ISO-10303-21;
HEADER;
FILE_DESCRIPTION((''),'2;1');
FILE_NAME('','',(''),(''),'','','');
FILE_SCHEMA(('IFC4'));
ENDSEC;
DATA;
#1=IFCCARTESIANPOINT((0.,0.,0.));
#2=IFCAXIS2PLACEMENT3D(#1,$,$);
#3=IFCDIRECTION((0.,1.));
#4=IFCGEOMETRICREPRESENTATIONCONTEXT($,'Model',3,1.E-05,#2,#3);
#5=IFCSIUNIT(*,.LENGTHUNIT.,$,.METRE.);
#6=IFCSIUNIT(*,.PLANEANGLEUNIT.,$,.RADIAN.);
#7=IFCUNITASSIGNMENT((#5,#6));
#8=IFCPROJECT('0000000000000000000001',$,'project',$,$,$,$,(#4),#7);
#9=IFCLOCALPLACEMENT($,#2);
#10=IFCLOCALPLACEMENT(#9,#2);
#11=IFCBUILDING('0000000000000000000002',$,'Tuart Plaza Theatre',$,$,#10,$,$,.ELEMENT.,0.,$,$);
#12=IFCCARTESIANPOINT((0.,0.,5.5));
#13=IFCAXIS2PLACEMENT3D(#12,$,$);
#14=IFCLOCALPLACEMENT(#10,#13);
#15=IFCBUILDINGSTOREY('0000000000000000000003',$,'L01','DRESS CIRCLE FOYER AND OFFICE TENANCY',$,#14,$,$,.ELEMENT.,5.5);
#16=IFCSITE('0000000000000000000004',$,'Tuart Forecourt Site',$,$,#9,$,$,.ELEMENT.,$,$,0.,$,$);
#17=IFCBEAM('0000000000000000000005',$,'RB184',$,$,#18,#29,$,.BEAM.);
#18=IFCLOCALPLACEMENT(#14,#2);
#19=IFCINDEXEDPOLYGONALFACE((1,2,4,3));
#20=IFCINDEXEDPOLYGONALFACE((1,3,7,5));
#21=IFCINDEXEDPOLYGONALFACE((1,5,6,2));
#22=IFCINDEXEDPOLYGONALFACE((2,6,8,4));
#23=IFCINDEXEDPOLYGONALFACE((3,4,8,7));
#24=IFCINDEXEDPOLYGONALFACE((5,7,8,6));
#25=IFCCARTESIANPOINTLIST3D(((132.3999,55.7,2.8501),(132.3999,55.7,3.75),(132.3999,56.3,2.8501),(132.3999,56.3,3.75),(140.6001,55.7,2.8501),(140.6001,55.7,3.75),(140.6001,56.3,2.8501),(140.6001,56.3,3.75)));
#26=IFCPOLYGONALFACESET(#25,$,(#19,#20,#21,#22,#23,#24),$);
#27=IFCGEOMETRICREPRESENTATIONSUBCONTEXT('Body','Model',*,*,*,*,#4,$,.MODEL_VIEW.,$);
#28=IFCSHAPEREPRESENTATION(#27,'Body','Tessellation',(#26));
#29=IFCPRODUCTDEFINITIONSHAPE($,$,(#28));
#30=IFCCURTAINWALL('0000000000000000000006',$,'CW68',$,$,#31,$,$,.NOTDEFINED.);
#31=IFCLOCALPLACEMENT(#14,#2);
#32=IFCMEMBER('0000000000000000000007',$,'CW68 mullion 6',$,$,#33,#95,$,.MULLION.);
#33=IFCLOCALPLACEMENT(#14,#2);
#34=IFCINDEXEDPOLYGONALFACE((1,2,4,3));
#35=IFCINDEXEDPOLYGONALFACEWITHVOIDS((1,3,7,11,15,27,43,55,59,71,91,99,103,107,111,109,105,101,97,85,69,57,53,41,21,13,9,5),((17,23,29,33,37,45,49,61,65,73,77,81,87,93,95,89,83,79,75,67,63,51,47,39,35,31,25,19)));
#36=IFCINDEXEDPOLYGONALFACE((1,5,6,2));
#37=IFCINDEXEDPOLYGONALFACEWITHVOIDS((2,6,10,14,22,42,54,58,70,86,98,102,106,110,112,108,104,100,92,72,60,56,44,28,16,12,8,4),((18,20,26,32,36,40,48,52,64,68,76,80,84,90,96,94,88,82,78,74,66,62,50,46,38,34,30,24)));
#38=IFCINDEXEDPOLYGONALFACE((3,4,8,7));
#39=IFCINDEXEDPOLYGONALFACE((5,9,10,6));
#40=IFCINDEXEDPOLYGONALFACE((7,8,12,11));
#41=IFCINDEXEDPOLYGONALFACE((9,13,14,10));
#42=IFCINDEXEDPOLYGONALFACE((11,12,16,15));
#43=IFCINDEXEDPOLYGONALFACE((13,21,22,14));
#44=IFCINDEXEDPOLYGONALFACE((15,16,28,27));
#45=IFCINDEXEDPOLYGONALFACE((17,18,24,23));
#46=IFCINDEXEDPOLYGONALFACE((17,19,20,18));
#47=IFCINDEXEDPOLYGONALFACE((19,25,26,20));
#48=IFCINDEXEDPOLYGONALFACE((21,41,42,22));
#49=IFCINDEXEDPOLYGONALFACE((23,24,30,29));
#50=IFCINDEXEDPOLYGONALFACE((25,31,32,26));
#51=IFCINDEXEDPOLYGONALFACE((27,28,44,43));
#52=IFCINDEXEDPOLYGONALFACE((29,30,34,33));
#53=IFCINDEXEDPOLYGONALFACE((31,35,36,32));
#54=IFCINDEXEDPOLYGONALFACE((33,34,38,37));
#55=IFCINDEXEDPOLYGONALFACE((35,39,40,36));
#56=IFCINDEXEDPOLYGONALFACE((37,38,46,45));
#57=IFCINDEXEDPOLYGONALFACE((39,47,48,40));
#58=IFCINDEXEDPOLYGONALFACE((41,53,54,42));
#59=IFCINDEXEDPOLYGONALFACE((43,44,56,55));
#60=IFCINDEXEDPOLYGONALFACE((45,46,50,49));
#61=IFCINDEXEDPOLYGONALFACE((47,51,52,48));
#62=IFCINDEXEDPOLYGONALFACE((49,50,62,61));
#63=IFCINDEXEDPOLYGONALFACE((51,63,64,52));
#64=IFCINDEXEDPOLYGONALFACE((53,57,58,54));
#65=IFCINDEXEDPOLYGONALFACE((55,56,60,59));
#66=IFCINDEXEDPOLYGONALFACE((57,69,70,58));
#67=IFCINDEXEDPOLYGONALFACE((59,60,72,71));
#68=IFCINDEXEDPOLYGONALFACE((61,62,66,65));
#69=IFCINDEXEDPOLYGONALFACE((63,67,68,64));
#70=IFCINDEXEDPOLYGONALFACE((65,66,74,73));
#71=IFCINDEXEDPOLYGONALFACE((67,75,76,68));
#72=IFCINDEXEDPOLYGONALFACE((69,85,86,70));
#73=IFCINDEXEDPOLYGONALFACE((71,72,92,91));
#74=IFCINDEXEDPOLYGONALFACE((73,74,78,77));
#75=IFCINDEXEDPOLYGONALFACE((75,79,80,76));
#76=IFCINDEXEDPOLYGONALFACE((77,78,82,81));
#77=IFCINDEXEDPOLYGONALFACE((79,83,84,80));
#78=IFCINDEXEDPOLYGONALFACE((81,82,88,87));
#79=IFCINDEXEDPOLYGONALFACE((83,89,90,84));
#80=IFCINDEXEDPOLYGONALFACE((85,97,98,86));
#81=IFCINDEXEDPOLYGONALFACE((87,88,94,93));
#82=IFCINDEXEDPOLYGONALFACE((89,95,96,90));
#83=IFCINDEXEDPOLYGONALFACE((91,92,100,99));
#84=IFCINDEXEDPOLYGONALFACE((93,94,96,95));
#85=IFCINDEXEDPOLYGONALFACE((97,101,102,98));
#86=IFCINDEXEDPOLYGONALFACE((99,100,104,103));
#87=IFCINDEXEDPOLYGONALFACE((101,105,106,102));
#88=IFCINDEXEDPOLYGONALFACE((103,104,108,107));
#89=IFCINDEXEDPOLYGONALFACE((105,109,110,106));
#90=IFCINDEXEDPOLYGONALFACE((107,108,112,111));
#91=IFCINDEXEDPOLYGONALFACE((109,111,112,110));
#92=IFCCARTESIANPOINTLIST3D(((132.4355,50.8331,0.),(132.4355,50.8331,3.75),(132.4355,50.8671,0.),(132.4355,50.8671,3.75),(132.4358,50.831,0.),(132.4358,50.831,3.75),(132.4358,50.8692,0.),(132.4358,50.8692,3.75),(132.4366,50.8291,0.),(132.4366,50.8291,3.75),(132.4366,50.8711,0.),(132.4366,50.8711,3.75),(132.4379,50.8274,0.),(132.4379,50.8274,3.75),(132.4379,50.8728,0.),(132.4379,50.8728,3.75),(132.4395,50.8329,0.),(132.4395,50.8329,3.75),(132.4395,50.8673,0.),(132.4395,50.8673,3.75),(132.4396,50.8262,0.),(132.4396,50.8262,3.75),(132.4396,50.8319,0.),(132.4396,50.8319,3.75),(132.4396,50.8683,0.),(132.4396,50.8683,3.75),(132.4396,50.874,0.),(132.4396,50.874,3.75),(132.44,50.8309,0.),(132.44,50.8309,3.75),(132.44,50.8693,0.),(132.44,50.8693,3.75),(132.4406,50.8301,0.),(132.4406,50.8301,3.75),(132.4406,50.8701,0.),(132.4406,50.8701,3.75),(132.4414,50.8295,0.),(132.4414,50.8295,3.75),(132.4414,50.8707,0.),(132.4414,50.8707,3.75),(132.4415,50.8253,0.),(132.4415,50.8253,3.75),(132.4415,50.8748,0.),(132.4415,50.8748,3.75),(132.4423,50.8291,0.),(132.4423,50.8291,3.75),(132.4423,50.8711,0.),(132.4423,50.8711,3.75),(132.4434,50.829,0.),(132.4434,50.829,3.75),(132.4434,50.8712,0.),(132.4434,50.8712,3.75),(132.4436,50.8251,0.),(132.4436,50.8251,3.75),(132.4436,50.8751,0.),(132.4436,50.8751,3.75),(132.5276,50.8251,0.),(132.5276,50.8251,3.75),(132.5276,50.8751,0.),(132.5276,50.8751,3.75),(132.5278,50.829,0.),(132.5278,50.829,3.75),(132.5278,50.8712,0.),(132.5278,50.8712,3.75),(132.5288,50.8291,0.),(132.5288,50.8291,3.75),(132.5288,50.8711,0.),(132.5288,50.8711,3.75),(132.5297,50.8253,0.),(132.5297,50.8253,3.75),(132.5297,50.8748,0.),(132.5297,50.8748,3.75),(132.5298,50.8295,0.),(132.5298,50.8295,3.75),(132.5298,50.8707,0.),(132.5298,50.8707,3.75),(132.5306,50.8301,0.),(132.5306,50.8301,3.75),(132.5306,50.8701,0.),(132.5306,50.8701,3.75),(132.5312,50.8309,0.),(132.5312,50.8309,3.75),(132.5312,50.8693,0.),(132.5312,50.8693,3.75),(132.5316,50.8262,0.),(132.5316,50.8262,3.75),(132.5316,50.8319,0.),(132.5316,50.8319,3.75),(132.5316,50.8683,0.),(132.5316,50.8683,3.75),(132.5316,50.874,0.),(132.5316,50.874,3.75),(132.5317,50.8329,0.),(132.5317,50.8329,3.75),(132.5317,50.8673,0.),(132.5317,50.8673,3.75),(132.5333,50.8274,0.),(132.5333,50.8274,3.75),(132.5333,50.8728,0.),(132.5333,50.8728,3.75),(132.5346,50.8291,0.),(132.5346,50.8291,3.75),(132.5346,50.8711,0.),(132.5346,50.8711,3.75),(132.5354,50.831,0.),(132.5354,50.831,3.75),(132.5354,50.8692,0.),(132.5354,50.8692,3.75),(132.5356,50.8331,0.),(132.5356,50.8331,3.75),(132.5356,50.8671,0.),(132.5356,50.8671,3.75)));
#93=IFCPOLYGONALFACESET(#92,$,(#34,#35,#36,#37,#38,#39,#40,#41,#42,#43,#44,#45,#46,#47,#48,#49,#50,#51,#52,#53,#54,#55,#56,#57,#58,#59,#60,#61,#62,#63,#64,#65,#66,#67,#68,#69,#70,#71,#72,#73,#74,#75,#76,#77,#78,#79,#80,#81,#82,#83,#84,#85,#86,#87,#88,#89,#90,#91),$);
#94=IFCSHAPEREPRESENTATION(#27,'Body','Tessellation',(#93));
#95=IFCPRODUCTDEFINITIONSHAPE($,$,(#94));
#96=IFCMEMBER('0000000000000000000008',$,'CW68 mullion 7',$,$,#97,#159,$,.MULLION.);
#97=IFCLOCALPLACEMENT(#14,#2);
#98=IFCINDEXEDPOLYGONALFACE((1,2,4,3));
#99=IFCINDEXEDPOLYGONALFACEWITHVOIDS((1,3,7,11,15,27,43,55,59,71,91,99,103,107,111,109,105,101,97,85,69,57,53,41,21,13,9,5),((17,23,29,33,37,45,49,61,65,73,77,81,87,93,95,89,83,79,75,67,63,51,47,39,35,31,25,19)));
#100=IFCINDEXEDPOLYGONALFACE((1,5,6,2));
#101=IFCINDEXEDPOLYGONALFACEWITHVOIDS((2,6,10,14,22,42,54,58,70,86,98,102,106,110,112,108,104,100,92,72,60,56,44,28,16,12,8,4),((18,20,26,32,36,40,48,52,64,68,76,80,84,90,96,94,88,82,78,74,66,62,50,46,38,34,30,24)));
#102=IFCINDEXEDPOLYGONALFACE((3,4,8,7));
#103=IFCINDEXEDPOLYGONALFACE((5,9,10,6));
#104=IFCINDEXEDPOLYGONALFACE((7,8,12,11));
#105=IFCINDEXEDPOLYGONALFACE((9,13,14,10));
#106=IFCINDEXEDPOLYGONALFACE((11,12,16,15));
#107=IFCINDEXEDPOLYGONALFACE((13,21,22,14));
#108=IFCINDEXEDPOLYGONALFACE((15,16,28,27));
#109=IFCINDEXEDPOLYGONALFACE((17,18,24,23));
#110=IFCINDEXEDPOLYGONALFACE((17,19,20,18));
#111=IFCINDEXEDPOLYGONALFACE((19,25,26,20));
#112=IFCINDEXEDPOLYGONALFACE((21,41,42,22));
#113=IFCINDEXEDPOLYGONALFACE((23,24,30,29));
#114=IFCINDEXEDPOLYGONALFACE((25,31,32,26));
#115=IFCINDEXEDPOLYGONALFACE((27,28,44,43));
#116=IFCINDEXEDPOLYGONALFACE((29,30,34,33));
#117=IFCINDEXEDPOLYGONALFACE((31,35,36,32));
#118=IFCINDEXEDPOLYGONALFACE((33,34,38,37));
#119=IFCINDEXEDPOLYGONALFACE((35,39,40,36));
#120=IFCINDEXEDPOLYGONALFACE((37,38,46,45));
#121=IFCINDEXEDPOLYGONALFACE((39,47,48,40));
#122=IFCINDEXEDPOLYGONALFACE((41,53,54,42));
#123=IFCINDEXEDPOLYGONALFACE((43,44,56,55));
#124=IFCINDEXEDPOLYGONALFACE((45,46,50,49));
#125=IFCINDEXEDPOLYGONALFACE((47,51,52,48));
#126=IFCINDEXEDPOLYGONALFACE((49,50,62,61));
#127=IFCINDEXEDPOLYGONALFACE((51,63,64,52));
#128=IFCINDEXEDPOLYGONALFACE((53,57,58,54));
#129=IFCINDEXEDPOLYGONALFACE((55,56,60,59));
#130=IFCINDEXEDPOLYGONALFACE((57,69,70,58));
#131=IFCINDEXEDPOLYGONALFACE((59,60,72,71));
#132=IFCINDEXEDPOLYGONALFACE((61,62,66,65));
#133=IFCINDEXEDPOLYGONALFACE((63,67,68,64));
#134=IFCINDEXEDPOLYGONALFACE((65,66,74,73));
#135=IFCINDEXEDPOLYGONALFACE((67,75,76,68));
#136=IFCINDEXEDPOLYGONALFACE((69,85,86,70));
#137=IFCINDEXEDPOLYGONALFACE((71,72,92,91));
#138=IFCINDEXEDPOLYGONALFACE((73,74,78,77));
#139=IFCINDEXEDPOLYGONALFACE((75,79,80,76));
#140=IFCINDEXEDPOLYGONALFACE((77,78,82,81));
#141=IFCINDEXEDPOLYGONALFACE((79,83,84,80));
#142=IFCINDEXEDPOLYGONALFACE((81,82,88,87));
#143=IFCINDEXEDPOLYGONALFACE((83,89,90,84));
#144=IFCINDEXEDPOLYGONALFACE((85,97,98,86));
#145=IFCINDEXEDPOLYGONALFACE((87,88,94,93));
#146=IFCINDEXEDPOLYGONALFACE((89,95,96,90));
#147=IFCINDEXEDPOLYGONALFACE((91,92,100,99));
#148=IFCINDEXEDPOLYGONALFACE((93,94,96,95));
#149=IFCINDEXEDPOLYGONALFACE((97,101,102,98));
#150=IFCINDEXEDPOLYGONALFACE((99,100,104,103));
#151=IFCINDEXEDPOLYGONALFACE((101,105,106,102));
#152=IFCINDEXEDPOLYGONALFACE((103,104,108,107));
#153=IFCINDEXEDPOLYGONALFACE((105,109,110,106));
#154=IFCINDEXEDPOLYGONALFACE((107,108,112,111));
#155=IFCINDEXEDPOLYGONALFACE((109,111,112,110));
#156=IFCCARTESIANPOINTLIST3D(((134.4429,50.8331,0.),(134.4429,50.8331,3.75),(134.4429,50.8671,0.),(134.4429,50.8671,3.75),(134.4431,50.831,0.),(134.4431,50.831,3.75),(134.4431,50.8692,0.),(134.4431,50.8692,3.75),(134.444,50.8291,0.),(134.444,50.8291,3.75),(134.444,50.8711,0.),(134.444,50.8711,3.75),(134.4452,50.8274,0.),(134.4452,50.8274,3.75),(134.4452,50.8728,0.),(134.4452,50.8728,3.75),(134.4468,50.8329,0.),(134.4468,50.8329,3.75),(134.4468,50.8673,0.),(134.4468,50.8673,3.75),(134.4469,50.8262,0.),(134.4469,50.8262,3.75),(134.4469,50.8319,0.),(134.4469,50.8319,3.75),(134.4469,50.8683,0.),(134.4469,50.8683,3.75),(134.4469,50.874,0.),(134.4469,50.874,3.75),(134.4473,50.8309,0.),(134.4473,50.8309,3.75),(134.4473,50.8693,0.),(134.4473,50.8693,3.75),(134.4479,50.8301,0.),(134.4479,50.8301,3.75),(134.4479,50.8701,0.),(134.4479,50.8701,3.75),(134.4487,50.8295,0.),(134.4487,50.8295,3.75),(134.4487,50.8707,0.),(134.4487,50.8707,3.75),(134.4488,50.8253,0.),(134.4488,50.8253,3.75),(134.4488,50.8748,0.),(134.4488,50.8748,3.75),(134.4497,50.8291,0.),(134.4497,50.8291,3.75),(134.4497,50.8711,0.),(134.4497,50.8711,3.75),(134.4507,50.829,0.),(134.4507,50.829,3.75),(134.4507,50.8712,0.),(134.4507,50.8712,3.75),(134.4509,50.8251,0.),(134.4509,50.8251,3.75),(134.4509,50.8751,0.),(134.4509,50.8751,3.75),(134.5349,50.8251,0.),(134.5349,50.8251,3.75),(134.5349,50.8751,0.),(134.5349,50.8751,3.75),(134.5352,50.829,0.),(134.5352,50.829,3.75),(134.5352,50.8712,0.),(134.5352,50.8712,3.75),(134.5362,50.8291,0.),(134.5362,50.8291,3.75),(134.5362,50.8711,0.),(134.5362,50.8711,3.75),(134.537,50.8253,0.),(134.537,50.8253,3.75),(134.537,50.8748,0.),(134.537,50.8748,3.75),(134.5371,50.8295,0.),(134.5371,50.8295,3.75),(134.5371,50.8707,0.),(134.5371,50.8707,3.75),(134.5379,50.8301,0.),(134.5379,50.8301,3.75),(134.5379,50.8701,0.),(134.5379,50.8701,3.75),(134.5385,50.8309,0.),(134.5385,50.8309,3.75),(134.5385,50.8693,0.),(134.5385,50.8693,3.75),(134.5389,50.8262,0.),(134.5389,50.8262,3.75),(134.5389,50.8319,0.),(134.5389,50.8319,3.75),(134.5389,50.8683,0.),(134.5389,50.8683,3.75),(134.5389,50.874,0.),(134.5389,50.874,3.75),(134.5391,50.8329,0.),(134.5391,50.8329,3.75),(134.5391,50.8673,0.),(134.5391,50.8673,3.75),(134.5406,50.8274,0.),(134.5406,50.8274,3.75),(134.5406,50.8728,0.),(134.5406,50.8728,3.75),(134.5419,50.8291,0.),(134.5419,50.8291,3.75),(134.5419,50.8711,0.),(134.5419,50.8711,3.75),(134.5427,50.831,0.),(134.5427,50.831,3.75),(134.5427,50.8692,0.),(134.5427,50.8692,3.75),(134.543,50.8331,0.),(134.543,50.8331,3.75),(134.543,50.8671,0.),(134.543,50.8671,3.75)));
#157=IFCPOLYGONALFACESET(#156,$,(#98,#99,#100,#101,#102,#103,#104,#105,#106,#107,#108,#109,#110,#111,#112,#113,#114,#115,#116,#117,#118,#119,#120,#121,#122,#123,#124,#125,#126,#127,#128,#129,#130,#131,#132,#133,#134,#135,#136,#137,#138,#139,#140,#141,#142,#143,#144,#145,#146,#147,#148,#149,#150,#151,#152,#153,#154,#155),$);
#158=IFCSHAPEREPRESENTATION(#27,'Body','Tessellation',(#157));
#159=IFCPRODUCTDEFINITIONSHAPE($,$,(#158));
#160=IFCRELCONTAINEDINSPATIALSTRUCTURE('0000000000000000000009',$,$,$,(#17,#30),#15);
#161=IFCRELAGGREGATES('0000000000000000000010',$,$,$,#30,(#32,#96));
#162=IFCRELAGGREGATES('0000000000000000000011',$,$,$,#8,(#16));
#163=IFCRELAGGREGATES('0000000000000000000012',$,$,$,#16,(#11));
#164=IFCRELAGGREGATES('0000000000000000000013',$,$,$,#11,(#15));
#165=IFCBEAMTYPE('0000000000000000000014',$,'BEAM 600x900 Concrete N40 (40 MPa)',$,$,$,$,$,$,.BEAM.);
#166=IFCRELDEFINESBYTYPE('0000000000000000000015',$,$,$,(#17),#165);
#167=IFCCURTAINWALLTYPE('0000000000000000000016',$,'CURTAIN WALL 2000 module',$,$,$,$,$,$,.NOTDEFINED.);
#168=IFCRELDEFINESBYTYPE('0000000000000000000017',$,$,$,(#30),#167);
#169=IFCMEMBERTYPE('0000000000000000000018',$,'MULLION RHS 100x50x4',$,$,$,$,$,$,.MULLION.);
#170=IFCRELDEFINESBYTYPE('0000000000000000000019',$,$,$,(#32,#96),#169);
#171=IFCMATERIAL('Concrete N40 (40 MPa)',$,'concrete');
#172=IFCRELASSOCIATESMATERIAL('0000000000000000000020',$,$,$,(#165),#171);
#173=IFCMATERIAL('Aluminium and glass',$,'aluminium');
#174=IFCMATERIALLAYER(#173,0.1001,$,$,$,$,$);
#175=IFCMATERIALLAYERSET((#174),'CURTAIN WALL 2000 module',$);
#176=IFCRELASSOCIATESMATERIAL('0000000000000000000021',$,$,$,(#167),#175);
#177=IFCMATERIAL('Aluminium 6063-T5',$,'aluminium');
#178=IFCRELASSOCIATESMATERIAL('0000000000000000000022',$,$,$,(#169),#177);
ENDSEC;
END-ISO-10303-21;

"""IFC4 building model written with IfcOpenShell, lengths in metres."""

from ifc_helpers import new_model, si_unit, direction, frame, origin, origin_2d, place, context, subcontext, project, spatial, rectangle, hollow_rectangle, extrude, material, layer, layer_set, material_profile, profile_set, type_object, element, aggregate, save


model = new_model("IFC4")

# Units and contexts
model_context = context("Model", 3, precision=1e-05, world=origin(), true_north=direction((0.0, 1.0)))
body_context = subcontext(model_context, "Body", "Model", "MODEL_VIEW")
ifc_project = project(units=[si_unit("LENGTHUNIT", "METRE"), si_unit("PLANEANGLEUNIT", "RADIAN")], contexts=[model_context])

# Site, building, storey
site_placement = place(None, origin())
site = spatial("IfcSite", under=ifc_project, at=site_placement, Name="Tuart Forecourt Site", CompositionType="ELEMENT", RefElevation=0.0)
building_placement = place(site_placement, origin())
building = spatial("IfcBuilding", under=site, at=building_placement, Name="Tuart Plaza Theatre", CompositionType="ELEMENT", ElevationOfRefHeight=0.0)
storey_placement = place(building_placement, frame((0.0, 0.0, 5.5)))
storey = spatial("IfcBuildingStorey", under=building, at=storey_placement, Name="L01", Description="DRESS CIRCLE FOYER AND OFFICE TENANCY", CompositionType="ELEMENT", Elevation=5.5)

# Beam
ifc_material_1 = material(Name="Concrete N40 (40 MPa)", Category="concrete")
ifc_material_profile_1 = material_profile(ifc_material_1, rectangle(XDim=0.6001, YDim=0.8999, at=origin_2d()), Name="BEAM 600x900 Concrete N40 (40 MPa)")
ifc_profile_set_1 = profile_set([ifc_material_profile_1], Name="Concrete N40 (40 MPa)")
beam_type = type_object("IfcBeamType", Name="BEAM 600x900 Concrete N40 (40 MPa)", PredefinedType="BEAM", material=ifc_profile_set_1)
beam_placement = place(storey_placement, frame((132.3999, 56.0, 3.3), z_axis=(1.0, 0.0, 0.0), x_axis=(0.0, 1.0, 0.0)))
element("IfcBeam", 1, at=beam_placement, inside=storey, type_object=beam_type, Name="RB184", PredefinedType="BEAM", context=body_context, shape_type="SweptSolid", body=[
    extrude(rectangle(XDim=0.6001, YDim=0.8999, at=origin_2d()), origin(), (0.0, 0.0, 1.0), 8.2002),
])

# Curtain wall, members
ifc_material_2 = material(Name="Aluminium and glass", Category="aluminium")
ifc_layer_1 = layer(ifc_material_2, 0.1001)
ifc_layer_set_1 = layer_set([ifc_layer_1], Name="CURTAIN WALL 2000 module")
curtain_wall_type = type_object("IfcCurtainWallType", Name="CURTAIN WALL 2000 module", PredefinedType="NOTDEFINED", material=ifc_layer_set_1)
curtain_wall_placement = place(storey_placement, origin())
curtain_wall = element("IfcCurtainWall", 2, at=curtain_wall_placement, inside=storey, type_object=curtain_wall_type, Name="CW68", PredefinedType="NOTDEFINED")
ifc_material_3 = material(Name="Aluminium 6063-T5", Category="aluminium")
ifc_material_profile_2 = material_profile(ifc_material_3, hollow_rectangle(XDim=0.05, YDim=0.1001, WallThickness=0.0039, InnerFilletRadius=0.0039, OuterFilletRadius=0.0081, at=origin_2d()), Name="RHS 100x50x4")
ifc_profile_set_2 = profile_set([ifc_material_profile_2], Name="Aluminium 6063-T5")
member_type_1 = type_object("IfcMemberType", Name="MULLION RHS 100x50x4", PredefinedType="MULLION", material=ifc_profile_set_2)
member_1_placement = place(storey_placement, frame((132.4856, 50.8501, 0.0), z_axis=(0.0, 0.0, 1.0), x_axis=(0.0, 1.0, 0.0)))
member_1 = element("IfcMember", 3, at=member_1_placement, type_object=member_type_1, Name="CW68 mullion 6", PredefinedType="MULLION", context=body_context, shape_type="SweptSolid", body=[
    extrude(hollow_rectangle(XDim=0.05, YDim=0.1001, WallThickness=0.0039, InnerFilletRadius=0.0039, OuterFilletRadius=0.0081, at=origin_2d()), origin(), (0.0, 0.0, 1.0), 3.75),
])
member_2_placement = place(storey_placement, frame((134.4929, 50.8501, 0.0), z_axis=(0.0, 0.0, 1.0), x_axis=(0.0, 1.0, 0.0)))
member_2 = element("IfcMember", 4, at=member_2_placement, type_object=member_type_1, Name="CW68 mullion 7", PredefinedType="MULLION", context=body_context, shape_type="SweptSolid", body=[
    extrude(hollow_rectangle(XDim=0.05, YDim=0.1001, WallThickness=0.0039, InnerFilletRadius=0.0039, OuterFilletRadius=0.0081, at=origin_2d()), origin(), (0.0, 0.0, 1.0), 3.75),
])
aggregate(curtain_wall, [member_1, member_2])

save(model, "model.ifc")
